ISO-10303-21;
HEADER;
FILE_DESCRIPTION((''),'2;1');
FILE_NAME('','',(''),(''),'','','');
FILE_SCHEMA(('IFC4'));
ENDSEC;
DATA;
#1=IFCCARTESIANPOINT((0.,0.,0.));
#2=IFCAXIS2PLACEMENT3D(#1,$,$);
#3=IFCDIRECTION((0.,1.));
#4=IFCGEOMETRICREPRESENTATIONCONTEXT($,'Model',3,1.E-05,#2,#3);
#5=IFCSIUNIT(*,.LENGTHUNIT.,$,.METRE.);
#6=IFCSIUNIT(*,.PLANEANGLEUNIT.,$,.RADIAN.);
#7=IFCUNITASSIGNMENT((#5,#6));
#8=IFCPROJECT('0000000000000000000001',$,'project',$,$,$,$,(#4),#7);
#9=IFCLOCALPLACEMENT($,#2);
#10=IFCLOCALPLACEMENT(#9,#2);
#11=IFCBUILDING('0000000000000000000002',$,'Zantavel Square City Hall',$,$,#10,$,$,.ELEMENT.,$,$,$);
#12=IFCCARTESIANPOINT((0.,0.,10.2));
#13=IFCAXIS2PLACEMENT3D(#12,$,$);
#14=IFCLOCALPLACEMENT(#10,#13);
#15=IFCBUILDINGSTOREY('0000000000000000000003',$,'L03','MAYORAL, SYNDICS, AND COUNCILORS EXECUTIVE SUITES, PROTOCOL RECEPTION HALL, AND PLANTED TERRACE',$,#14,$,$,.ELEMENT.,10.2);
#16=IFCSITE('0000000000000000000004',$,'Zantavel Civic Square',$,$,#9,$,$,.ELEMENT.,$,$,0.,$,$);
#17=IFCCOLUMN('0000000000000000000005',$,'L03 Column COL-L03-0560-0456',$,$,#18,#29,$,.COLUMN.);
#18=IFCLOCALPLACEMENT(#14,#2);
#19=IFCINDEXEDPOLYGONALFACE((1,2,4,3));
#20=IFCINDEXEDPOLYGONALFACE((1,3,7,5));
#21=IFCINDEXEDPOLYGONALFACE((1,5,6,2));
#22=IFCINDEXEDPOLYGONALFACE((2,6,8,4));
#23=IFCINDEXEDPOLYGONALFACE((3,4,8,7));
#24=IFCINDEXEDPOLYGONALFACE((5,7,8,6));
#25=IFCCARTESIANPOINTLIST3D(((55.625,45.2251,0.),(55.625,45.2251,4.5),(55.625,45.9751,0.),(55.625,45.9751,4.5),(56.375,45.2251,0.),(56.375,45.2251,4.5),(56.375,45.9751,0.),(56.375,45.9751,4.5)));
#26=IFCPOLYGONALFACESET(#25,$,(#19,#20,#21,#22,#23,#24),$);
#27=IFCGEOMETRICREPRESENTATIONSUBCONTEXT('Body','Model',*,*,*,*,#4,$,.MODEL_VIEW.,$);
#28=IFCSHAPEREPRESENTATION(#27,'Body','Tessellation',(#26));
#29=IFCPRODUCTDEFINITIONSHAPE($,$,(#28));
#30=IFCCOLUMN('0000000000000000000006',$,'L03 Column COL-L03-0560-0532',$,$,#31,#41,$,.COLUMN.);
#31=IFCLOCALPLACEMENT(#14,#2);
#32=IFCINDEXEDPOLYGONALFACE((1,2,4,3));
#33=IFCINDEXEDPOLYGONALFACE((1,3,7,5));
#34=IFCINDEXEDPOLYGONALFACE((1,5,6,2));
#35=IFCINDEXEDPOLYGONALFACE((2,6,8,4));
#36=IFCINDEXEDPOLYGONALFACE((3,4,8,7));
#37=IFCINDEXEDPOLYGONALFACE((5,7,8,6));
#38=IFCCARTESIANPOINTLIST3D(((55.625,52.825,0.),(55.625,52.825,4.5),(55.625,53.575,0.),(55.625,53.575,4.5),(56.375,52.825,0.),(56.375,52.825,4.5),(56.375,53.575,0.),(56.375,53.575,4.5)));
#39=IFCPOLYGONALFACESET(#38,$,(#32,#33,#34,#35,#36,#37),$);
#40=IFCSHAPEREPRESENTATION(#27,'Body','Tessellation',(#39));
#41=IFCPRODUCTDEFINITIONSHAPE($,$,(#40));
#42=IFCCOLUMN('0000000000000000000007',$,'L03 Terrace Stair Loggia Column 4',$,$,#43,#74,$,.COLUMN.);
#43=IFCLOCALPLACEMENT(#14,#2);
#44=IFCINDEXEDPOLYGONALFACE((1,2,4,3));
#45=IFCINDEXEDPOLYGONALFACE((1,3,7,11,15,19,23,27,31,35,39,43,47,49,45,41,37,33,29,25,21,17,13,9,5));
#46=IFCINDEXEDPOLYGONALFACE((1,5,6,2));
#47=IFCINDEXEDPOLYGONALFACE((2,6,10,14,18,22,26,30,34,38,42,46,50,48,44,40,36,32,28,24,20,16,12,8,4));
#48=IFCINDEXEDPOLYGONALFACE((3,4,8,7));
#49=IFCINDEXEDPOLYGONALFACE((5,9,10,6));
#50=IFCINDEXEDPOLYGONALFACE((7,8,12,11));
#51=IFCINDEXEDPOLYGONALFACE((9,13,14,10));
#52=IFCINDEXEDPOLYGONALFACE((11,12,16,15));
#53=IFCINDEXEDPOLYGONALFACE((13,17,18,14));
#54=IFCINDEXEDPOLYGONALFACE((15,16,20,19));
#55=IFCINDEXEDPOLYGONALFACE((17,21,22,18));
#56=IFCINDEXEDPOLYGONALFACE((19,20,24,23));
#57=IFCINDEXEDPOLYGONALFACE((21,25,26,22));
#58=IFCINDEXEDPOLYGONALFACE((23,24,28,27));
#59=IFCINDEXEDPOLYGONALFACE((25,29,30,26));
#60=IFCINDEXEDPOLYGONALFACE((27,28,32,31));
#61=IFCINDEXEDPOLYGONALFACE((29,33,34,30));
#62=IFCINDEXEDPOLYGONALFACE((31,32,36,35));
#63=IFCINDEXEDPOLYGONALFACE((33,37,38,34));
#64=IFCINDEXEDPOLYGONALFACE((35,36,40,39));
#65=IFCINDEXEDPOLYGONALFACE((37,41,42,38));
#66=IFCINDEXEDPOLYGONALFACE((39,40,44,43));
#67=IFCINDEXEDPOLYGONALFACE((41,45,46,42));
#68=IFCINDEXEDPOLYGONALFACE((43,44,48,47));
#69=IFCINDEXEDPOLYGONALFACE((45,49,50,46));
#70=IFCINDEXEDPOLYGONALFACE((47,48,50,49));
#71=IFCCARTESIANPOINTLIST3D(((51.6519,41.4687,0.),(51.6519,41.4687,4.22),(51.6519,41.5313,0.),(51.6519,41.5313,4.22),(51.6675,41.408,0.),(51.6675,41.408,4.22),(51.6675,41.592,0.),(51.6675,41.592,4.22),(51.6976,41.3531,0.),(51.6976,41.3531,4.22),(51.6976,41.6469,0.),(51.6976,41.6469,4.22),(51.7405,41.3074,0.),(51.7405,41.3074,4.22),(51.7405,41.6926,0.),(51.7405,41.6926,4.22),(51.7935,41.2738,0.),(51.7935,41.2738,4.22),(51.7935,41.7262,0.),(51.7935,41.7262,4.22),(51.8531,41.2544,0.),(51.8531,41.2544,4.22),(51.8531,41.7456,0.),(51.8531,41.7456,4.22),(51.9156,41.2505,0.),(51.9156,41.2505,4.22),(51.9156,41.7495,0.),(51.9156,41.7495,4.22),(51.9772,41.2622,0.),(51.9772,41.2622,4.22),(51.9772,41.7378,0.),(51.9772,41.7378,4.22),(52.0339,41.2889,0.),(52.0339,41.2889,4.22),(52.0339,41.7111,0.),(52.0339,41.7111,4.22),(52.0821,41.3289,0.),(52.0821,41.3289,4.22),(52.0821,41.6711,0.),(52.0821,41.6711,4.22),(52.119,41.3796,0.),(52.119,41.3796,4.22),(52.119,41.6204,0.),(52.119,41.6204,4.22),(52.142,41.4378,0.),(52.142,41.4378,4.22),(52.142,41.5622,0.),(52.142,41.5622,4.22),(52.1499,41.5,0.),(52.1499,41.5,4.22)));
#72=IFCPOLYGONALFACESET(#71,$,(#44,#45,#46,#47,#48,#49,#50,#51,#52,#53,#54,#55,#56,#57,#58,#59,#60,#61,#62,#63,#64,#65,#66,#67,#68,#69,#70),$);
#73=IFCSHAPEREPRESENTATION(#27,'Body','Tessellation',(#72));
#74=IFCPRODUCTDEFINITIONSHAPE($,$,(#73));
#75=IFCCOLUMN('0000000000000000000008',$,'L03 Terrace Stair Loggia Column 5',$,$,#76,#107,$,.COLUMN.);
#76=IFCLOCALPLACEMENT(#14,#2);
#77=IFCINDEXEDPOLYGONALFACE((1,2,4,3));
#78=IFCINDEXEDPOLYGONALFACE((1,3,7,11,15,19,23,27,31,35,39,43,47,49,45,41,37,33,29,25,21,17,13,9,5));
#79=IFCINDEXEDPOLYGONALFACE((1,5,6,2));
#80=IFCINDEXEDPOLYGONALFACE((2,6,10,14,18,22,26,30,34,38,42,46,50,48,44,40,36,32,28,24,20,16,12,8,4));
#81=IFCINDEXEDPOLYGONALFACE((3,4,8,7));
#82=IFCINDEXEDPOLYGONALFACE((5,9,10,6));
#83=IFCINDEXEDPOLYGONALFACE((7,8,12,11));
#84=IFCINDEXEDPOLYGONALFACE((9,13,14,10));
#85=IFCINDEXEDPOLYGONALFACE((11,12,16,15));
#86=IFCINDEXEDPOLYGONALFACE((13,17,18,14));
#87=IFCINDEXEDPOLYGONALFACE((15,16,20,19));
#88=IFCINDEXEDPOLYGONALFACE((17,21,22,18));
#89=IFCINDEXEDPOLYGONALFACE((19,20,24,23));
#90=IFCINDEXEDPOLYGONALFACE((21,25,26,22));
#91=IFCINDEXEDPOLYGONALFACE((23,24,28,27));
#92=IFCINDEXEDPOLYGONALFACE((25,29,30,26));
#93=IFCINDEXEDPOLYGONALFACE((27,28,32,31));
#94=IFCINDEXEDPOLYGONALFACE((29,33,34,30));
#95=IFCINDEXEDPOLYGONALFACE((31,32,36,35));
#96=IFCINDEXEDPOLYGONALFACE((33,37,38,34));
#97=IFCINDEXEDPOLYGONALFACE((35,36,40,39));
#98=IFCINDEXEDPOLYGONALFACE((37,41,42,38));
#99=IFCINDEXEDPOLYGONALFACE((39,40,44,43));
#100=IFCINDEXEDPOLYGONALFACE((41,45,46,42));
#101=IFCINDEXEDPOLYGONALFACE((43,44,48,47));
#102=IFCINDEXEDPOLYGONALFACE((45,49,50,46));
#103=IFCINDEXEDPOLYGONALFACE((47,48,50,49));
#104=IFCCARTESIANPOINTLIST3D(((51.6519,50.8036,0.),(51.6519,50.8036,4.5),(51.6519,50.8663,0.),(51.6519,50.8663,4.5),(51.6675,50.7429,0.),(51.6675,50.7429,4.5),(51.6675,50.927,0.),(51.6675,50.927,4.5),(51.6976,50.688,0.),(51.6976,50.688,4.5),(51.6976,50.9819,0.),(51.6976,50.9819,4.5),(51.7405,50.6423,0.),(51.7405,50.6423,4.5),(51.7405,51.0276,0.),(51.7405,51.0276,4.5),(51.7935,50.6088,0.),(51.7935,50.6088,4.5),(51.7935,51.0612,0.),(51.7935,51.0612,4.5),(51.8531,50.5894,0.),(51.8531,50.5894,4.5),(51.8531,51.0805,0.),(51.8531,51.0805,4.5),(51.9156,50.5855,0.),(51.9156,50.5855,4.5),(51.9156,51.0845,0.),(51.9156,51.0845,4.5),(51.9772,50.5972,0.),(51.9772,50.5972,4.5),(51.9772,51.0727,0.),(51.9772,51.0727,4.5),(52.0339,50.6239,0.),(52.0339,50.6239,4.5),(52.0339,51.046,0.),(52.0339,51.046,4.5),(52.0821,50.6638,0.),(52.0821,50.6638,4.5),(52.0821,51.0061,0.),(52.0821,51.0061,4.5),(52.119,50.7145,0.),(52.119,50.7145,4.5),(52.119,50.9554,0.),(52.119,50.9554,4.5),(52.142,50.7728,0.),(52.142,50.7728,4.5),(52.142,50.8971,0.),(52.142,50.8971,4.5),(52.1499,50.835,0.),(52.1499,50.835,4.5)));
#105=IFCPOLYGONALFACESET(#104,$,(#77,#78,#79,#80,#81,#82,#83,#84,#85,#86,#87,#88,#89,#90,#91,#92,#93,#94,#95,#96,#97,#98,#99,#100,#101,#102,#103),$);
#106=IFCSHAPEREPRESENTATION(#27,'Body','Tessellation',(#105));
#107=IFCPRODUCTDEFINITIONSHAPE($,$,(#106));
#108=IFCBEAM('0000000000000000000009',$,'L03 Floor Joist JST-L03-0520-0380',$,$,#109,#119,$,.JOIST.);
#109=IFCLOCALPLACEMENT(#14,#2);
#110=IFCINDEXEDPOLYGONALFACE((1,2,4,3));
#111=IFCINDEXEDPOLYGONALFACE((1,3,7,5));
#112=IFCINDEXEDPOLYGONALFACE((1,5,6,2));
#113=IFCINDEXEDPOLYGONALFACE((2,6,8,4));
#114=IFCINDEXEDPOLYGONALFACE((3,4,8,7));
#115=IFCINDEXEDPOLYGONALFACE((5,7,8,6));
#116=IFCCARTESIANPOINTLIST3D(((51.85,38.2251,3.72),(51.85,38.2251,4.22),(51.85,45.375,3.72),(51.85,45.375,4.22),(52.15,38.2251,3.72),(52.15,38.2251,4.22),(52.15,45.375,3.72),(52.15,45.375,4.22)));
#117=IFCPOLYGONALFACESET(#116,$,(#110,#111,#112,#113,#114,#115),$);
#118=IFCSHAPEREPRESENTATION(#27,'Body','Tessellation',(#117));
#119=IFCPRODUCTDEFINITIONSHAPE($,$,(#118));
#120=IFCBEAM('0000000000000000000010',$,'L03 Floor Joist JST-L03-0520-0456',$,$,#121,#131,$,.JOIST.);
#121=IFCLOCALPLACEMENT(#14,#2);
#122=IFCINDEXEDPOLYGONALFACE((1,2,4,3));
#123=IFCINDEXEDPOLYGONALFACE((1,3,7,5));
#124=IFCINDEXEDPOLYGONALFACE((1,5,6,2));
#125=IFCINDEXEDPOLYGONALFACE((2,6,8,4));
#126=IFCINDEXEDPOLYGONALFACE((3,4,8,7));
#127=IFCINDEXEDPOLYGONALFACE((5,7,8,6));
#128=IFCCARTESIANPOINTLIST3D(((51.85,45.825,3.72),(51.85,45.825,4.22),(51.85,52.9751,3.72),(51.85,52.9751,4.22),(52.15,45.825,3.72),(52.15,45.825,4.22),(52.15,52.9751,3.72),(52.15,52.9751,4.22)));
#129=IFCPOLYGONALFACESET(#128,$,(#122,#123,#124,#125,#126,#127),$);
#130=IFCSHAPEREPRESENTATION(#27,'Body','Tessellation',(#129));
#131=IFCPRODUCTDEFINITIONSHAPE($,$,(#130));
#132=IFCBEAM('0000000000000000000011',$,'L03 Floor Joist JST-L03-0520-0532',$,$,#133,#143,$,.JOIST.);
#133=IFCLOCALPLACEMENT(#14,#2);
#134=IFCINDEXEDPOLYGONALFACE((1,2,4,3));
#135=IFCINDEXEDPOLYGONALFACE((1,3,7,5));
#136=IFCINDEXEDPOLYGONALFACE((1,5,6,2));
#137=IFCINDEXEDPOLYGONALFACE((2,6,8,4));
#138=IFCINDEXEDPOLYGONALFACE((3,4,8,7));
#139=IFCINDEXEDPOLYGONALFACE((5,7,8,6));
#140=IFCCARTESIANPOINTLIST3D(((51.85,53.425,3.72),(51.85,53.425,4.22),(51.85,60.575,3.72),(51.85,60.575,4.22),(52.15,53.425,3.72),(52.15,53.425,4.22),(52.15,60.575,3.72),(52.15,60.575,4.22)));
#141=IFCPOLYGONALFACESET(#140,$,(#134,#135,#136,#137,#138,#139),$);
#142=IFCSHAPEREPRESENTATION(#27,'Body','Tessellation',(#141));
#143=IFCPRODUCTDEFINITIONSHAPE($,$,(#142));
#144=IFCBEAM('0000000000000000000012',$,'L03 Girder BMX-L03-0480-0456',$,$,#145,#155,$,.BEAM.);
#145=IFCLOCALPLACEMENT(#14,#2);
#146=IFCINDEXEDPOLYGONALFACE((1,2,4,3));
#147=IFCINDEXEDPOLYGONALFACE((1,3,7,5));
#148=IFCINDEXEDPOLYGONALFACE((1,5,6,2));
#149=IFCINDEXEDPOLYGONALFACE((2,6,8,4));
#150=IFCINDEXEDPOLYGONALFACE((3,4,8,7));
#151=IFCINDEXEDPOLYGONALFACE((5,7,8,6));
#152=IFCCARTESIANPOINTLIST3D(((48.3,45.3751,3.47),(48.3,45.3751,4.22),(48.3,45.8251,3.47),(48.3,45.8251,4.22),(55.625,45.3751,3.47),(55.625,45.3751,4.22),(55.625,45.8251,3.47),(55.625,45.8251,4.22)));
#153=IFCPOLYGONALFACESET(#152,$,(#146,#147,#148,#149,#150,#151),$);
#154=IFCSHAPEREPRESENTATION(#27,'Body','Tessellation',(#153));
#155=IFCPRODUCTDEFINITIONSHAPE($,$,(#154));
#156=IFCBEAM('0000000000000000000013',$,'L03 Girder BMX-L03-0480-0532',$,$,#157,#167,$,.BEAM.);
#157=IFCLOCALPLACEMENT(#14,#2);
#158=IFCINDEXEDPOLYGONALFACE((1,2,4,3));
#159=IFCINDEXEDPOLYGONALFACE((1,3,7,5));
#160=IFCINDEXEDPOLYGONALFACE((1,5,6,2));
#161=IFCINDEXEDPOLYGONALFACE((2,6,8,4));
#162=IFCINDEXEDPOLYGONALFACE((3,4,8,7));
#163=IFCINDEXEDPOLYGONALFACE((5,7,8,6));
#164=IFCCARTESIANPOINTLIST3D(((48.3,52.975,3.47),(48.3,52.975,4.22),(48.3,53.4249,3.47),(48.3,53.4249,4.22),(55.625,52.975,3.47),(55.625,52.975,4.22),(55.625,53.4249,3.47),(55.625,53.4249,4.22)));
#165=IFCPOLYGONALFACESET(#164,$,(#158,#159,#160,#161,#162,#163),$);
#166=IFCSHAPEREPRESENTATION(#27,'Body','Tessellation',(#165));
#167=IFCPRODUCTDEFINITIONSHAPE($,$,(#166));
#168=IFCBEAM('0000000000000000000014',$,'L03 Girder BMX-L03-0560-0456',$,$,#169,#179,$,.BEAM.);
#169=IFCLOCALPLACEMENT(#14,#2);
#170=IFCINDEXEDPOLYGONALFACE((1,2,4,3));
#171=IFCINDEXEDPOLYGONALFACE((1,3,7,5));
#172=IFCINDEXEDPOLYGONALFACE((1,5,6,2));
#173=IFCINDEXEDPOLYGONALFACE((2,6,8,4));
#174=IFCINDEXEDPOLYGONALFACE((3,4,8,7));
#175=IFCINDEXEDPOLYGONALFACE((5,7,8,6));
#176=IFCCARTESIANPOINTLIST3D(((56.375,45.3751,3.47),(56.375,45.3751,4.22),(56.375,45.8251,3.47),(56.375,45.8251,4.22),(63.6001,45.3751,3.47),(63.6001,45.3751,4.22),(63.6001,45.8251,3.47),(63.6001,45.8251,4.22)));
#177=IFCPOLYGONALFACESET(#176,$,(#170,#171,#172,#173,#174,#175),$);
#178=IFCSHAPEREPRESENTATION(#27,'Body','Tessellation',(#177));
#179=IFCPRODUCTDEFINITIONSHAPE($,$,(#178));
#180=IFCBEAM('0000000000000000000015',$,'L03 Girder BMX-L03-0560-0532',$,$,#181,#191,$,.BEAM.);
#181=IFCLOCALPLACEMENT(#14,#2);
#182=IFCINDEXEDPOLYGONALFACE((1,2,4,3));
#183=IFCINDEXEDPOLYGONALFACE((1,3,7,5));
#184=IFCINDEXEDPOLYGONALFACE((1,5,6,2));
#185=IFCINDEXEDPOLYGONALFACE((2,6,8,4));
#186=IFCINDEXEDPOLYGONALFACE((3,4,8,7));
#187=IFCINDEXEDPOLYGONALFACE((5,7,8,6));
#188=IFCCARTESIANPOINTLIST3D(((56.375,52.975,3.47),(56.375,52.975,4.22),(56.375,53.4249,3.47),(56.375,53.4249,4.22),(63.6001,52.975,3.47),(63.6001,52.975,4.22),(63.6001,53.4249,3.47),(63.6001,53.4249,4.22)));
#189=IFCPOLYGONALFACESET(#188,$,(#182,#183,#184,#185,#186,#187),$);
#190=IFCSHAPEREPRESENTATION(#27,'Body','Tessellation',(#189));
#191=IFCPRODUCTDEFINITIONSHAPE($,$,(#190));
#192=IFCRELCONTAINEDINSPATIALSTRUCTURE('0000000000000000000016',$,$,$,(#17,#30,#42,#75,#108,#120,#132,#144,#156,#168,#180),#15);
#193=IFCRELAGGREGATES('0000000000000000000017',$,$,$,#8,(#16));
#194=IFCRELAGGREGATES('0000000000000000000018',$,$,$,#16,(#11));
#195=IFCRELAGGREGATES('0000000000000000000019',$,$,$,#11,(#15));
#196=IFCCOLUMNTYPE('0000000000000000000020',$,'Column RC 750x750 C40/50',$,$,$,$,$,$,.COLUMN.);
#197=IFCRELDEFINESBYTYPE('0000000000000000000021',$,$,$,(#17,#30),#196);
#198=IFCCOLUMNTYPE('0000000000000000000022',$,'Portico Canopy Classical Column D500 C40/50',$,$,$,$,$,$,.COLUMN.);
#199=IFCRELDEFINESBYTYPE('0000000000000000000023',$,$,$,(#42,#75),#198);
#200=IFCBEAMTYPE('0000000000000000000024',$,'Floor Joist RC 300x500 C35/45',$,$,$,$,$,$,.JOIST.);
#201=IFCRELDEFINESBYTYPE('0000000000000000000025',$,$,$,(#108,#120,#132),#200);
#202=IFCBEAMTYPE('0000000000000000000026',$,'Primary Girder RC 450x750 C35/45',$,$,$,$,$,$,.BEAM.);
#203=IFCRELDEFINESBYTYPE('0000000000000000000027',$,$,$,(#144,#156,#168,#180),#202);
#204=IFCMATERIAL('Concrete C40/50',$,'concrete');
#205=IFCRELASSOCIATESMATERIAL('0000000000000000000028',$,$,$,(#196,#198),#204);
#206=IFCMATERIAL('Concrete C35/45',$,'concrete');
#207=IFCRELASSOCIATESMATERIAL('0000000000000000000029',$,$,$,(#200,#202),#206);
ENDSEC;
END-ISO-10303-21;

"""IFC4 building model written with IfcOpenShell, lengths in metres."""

from ifc_helpers import new_model, si_unit, direction, frame, origin, origin_2d, place, context, subcontext, project, spatial, rectangle, circle, extrude, material, material_profile, profile_set, type_object, element, save


model = new_model("IFC4")

# Units and contexts
model_context = context("Model", 3, precision=1e-05, world=origin(), true_north=direction((0.0, 1.0)))
body_context = subcontext(model_context, "Body", "Model", "MODEL_VIEW")
ifc_project = project(units=[si_unit("LENGTHUNIT", "METRE"), si_unit("PLANEANGLEUNIT", "RADIAN")], contexts=[model_context])

# Site, building, storey
site_placement = place(None, origin())
site = spatial("IfcSite", under=ifc_project, at=site_placement, Name="Zantavel Civic Square", CompositionType="ELEMENT", RefElevation=0.0)
building_placement = place(site_placement, origin())
building = spatial("IfcBuilding", under=site, at=building_placement, Name="Zantavel Square City Hall", CompositionType="ELEMENT")
storey_placement = place(building_placement, frame((0.0, 0.0, 10.2)))
storey = spatial("IfcBuildingStorey", under=building, at=storey_placement, Name="L03", Description="MAYORAL, SYNDICS, AND COUNCILORS EXECUTIVE SUITES, PROTOCOL RECEPTION HALL, AND PLANTED TERRACE", CompositionType="ELEMENT", Elevation=10.2)

# Columns
ifc_material_1 = material(Name="Concrete C40/50", Category="concrete")
ifc_material_profile_1 = material_profile(ifc_material_1, rectangle(XDim=0.75, YDim=0.75, at=origin_2d()), Name="RC 750x750")
ifc_profile_set_1 = profile_set([ifc_material_profile_1], Name="Concrete C40/50")
column_type_1 = type_object("IfcColumnType", Name="Column RC 750x750 C40/50", PredefinedType="COLUMN", material=ifc_profile_set_1)
for number, where, z_axis, x_axis, name in (
    (1, (56.0, 45.6001, 0.0), (0.0, 0.0, 1.0), (1.0, 0.0, 0.0), "L03 Column COL-L03-0560-0456"),
    (2, (56.0, 53.2, 0.0), (0.0, 0.0, 1.0), (1.0, 0.0, 0.0), "L03 Column COL-L03-0560-0532"),
):
    element("IfcColumn", number, at=place(storey_placement, frame(where, z_axis=z_axis, x_axis=x_axis)), inside=storey, type_object=column_type_1, Name=name, PredefinedType="COLUMN", context=body_context, shape_type="SweptSolid", body=[
        extrude(rectangle(XDim=0.75, YDim=0.75, at=origin_2d()), origin(), (0.0, 0.0, 1.0), 4.5),
    ])
ifc_material_profile_2 = material_profile(ifc_material_1, circle(Radius=0.25, at=origin_2d()), Name="ROUND D500")
ifc_profile_set_2 = profile_set([ifc_material_profile_2], Name="Concrete C40/50")
column_type_2 = type_object("IfcColumnType", Name="Portico Canopy Classical Column D500 C40/50", PredefinedType="COLUMN", material=ifc_profile_set_2)
column_1_placement = place(storey_placement, frame((51.8999, 41.5, 0.0), z_axis=(0.0, 0.0, 1.0), x_axis=(1.0, 0.0, 0.0)))
element("IfcColumn", 3, at=column_1_placement, inside=storey, type_object=column_type_2, Name="L03 Terrace Stair Loggia Column 4", PredefinedType="COLUMN", context=body_context, shape_type="SweptSolid", body=[
    extrude(circle(Radius=0.25, at=origin_2d()), origin(), (0.0, 0.0, 1.0), 4.22),
])
column_2_placement = place(storey_placement, frame((51.8999, 50.835, 0.0), z_axis=(0.0, 0.0, 1.0), x_axis=(1.0, 0.0, 0.0)))
element("IfcColumn", 4, at=column_2_placement, inside=storey, type_object=column_type_2, Name="L03 Terrace Stair Loggia Column 5", PredefinedType="COLUMN", context=body_context, shape_type="SweptSolid", body=[
    extrude(circle(Radius=0.25, at=origin_2d()), origin(), (0.0, 0.0, 1.0), 4.5),
])

# Beams
ifc_material_2 = material(Name="Concrete C35/45", Category="concrete")
ifc_material_profile_3 = material_profile(ifc_material_2, rectangle(XDim=0.3, YDim=0.5, at=origin_2d()), Name="RC 300x500")
ifc_profile_set_3 = profile_set([ifc_material_profile_3], Name="Concrete C35/45")
beam_type_1 = type_object("IfcBeamType", Name="Floor Joist RC 300x500 C35/45", PredefinedType="JOIST", material=ifc_profile_set_3)
beam_1_placement = place(storey_placement, frame((52.0, 38.2251, 3.97), z_axis=(0.0, 1.0, 0.0), x_axis=(-1.0, 0.0, 0.0)))
element("IfcBeam", 5, at=beam_1_placement, inside=storey, type_object=beam_type_1, Name="L03 Floor Joist JST-L03-0520-0380", PredefinedType="JOIST", context=body_context, shape_type="SweptSolid", body=[
    extrude(rectangle(XDim=0.3, YDim=0.5, at=origin_2d()), origin(), (0.0, 0.0, 1.0), 7.1499),
])
beam_2_placement = place(storey_placement, frame((52.0, 45.825, 3.97), z_axis=(0.0, 1.0, 0.0), x_axis=(-1.0, 0.0, 0.0)))
element("IfcBeam", 6, at=beam_2_placement, inside=storey, type_object=beam_type_1, Name="L03 Floor Joist JST-L03-0520-0456", PredefinedType="JOIST", context=body_context, shape_type="SweptSolid", body=[
    extrude(rectangle(XDim=0.3, YDim=0.5, at=origin_2d()), origin(), (0.0, 0.0, 1.0), 7.1501),
])
beam_3_placement = place(storey_placement, frame((52.0, 53.425, 3.97), z_axis=(0.0, 1.0, 0.0), x_axis=(-1.0, 0.0, 0.0)))
element("IfcBeam", 7, at=beam_3_placement, inside=storey, type_object=beam_type_1, Name="L03 Floor Joist JST-L03-0520-0532", PredefinedType="JOIST", context=body_context, shape_type="SweptSolid", body=[
    extrude(rectangle(XDim=0.3, YDim=0.5, at=origin_2d()), origin(), (0.0, 0.0, 1.0), 7.1499),
])
ifc_material_profile_4 = material_profile(ifc_material_2, rectangle(XDim=0.45, YDim=0.75, at=origin_2d()), Name="RC 450x750")
ifc_profile_set_4 = profile_set([ifc_material_profile_4], Name="Concrete C35/45")
beam_type_2 = type_object("IfcBeamType", Name="Primary Girder RC 450x750 C35/45", PredefinedType="BEAM", material=ifc_profile_set_4)
for number, where, z_axis, x_axis, name in (
    (8, (48.3, 45.6001, 3.845), (1.0, 0.0, 0.0), (0.0, 1.0, 0.0), "L03 Girder BMX-L03-0480-0456"),
    (9, (48.3, 53.2, 3.845), (1.0, 0.0, 0.0), (0.0, 1.0, 0.0), "L03 Girder BMX-L03-0480-0532"),
):
    element("IfcBeam", number, at=place(storey_placement, frame(where, z_axis=z_axis, x_axis=x_axis)), inside=storey, type_object=beam_type_2, Name=name, PredefinedType="BEAM", context=body_context, shape_type="SweptSolid", body=[
        extrude(rectangle(XDim=0.45, YDim=0.75, at=origin_2d()), origin(), (0.0, 0.0, 1.0), 7.325),
    ])
for number, where, z_axis, x_axis, name in (
    (10, (56.375, 45.6001, 3.845), (1.0, 0.0, 0.0), (0.0, 1.0, 0.0), "L03 Girder BMX-L03-0560-0456"),
    (11, (56.375, 53.2, 3.845), (1.0, 0.0, 0.0), (0.0, 1.0, 0.0), "L03 Girder BMX-L03-0560-0532"),
):
    element("IfcBeam", number, at=place(storey_placement, frame(where, z_axis=z_axis, x_axis=x_axis)), inside=storey, type_object=beam_type_2, Name=name, PredefinedType="BEAM", context=body_context, shape_type="SweptSolid", body=[
        extrude(rectangle(XDim=0.45, YDim=0.75, at=origin_2d()), origin(), (0.0, 0.0, 1.0), 7.2251),
    ])

save(model, "model.ifc")
